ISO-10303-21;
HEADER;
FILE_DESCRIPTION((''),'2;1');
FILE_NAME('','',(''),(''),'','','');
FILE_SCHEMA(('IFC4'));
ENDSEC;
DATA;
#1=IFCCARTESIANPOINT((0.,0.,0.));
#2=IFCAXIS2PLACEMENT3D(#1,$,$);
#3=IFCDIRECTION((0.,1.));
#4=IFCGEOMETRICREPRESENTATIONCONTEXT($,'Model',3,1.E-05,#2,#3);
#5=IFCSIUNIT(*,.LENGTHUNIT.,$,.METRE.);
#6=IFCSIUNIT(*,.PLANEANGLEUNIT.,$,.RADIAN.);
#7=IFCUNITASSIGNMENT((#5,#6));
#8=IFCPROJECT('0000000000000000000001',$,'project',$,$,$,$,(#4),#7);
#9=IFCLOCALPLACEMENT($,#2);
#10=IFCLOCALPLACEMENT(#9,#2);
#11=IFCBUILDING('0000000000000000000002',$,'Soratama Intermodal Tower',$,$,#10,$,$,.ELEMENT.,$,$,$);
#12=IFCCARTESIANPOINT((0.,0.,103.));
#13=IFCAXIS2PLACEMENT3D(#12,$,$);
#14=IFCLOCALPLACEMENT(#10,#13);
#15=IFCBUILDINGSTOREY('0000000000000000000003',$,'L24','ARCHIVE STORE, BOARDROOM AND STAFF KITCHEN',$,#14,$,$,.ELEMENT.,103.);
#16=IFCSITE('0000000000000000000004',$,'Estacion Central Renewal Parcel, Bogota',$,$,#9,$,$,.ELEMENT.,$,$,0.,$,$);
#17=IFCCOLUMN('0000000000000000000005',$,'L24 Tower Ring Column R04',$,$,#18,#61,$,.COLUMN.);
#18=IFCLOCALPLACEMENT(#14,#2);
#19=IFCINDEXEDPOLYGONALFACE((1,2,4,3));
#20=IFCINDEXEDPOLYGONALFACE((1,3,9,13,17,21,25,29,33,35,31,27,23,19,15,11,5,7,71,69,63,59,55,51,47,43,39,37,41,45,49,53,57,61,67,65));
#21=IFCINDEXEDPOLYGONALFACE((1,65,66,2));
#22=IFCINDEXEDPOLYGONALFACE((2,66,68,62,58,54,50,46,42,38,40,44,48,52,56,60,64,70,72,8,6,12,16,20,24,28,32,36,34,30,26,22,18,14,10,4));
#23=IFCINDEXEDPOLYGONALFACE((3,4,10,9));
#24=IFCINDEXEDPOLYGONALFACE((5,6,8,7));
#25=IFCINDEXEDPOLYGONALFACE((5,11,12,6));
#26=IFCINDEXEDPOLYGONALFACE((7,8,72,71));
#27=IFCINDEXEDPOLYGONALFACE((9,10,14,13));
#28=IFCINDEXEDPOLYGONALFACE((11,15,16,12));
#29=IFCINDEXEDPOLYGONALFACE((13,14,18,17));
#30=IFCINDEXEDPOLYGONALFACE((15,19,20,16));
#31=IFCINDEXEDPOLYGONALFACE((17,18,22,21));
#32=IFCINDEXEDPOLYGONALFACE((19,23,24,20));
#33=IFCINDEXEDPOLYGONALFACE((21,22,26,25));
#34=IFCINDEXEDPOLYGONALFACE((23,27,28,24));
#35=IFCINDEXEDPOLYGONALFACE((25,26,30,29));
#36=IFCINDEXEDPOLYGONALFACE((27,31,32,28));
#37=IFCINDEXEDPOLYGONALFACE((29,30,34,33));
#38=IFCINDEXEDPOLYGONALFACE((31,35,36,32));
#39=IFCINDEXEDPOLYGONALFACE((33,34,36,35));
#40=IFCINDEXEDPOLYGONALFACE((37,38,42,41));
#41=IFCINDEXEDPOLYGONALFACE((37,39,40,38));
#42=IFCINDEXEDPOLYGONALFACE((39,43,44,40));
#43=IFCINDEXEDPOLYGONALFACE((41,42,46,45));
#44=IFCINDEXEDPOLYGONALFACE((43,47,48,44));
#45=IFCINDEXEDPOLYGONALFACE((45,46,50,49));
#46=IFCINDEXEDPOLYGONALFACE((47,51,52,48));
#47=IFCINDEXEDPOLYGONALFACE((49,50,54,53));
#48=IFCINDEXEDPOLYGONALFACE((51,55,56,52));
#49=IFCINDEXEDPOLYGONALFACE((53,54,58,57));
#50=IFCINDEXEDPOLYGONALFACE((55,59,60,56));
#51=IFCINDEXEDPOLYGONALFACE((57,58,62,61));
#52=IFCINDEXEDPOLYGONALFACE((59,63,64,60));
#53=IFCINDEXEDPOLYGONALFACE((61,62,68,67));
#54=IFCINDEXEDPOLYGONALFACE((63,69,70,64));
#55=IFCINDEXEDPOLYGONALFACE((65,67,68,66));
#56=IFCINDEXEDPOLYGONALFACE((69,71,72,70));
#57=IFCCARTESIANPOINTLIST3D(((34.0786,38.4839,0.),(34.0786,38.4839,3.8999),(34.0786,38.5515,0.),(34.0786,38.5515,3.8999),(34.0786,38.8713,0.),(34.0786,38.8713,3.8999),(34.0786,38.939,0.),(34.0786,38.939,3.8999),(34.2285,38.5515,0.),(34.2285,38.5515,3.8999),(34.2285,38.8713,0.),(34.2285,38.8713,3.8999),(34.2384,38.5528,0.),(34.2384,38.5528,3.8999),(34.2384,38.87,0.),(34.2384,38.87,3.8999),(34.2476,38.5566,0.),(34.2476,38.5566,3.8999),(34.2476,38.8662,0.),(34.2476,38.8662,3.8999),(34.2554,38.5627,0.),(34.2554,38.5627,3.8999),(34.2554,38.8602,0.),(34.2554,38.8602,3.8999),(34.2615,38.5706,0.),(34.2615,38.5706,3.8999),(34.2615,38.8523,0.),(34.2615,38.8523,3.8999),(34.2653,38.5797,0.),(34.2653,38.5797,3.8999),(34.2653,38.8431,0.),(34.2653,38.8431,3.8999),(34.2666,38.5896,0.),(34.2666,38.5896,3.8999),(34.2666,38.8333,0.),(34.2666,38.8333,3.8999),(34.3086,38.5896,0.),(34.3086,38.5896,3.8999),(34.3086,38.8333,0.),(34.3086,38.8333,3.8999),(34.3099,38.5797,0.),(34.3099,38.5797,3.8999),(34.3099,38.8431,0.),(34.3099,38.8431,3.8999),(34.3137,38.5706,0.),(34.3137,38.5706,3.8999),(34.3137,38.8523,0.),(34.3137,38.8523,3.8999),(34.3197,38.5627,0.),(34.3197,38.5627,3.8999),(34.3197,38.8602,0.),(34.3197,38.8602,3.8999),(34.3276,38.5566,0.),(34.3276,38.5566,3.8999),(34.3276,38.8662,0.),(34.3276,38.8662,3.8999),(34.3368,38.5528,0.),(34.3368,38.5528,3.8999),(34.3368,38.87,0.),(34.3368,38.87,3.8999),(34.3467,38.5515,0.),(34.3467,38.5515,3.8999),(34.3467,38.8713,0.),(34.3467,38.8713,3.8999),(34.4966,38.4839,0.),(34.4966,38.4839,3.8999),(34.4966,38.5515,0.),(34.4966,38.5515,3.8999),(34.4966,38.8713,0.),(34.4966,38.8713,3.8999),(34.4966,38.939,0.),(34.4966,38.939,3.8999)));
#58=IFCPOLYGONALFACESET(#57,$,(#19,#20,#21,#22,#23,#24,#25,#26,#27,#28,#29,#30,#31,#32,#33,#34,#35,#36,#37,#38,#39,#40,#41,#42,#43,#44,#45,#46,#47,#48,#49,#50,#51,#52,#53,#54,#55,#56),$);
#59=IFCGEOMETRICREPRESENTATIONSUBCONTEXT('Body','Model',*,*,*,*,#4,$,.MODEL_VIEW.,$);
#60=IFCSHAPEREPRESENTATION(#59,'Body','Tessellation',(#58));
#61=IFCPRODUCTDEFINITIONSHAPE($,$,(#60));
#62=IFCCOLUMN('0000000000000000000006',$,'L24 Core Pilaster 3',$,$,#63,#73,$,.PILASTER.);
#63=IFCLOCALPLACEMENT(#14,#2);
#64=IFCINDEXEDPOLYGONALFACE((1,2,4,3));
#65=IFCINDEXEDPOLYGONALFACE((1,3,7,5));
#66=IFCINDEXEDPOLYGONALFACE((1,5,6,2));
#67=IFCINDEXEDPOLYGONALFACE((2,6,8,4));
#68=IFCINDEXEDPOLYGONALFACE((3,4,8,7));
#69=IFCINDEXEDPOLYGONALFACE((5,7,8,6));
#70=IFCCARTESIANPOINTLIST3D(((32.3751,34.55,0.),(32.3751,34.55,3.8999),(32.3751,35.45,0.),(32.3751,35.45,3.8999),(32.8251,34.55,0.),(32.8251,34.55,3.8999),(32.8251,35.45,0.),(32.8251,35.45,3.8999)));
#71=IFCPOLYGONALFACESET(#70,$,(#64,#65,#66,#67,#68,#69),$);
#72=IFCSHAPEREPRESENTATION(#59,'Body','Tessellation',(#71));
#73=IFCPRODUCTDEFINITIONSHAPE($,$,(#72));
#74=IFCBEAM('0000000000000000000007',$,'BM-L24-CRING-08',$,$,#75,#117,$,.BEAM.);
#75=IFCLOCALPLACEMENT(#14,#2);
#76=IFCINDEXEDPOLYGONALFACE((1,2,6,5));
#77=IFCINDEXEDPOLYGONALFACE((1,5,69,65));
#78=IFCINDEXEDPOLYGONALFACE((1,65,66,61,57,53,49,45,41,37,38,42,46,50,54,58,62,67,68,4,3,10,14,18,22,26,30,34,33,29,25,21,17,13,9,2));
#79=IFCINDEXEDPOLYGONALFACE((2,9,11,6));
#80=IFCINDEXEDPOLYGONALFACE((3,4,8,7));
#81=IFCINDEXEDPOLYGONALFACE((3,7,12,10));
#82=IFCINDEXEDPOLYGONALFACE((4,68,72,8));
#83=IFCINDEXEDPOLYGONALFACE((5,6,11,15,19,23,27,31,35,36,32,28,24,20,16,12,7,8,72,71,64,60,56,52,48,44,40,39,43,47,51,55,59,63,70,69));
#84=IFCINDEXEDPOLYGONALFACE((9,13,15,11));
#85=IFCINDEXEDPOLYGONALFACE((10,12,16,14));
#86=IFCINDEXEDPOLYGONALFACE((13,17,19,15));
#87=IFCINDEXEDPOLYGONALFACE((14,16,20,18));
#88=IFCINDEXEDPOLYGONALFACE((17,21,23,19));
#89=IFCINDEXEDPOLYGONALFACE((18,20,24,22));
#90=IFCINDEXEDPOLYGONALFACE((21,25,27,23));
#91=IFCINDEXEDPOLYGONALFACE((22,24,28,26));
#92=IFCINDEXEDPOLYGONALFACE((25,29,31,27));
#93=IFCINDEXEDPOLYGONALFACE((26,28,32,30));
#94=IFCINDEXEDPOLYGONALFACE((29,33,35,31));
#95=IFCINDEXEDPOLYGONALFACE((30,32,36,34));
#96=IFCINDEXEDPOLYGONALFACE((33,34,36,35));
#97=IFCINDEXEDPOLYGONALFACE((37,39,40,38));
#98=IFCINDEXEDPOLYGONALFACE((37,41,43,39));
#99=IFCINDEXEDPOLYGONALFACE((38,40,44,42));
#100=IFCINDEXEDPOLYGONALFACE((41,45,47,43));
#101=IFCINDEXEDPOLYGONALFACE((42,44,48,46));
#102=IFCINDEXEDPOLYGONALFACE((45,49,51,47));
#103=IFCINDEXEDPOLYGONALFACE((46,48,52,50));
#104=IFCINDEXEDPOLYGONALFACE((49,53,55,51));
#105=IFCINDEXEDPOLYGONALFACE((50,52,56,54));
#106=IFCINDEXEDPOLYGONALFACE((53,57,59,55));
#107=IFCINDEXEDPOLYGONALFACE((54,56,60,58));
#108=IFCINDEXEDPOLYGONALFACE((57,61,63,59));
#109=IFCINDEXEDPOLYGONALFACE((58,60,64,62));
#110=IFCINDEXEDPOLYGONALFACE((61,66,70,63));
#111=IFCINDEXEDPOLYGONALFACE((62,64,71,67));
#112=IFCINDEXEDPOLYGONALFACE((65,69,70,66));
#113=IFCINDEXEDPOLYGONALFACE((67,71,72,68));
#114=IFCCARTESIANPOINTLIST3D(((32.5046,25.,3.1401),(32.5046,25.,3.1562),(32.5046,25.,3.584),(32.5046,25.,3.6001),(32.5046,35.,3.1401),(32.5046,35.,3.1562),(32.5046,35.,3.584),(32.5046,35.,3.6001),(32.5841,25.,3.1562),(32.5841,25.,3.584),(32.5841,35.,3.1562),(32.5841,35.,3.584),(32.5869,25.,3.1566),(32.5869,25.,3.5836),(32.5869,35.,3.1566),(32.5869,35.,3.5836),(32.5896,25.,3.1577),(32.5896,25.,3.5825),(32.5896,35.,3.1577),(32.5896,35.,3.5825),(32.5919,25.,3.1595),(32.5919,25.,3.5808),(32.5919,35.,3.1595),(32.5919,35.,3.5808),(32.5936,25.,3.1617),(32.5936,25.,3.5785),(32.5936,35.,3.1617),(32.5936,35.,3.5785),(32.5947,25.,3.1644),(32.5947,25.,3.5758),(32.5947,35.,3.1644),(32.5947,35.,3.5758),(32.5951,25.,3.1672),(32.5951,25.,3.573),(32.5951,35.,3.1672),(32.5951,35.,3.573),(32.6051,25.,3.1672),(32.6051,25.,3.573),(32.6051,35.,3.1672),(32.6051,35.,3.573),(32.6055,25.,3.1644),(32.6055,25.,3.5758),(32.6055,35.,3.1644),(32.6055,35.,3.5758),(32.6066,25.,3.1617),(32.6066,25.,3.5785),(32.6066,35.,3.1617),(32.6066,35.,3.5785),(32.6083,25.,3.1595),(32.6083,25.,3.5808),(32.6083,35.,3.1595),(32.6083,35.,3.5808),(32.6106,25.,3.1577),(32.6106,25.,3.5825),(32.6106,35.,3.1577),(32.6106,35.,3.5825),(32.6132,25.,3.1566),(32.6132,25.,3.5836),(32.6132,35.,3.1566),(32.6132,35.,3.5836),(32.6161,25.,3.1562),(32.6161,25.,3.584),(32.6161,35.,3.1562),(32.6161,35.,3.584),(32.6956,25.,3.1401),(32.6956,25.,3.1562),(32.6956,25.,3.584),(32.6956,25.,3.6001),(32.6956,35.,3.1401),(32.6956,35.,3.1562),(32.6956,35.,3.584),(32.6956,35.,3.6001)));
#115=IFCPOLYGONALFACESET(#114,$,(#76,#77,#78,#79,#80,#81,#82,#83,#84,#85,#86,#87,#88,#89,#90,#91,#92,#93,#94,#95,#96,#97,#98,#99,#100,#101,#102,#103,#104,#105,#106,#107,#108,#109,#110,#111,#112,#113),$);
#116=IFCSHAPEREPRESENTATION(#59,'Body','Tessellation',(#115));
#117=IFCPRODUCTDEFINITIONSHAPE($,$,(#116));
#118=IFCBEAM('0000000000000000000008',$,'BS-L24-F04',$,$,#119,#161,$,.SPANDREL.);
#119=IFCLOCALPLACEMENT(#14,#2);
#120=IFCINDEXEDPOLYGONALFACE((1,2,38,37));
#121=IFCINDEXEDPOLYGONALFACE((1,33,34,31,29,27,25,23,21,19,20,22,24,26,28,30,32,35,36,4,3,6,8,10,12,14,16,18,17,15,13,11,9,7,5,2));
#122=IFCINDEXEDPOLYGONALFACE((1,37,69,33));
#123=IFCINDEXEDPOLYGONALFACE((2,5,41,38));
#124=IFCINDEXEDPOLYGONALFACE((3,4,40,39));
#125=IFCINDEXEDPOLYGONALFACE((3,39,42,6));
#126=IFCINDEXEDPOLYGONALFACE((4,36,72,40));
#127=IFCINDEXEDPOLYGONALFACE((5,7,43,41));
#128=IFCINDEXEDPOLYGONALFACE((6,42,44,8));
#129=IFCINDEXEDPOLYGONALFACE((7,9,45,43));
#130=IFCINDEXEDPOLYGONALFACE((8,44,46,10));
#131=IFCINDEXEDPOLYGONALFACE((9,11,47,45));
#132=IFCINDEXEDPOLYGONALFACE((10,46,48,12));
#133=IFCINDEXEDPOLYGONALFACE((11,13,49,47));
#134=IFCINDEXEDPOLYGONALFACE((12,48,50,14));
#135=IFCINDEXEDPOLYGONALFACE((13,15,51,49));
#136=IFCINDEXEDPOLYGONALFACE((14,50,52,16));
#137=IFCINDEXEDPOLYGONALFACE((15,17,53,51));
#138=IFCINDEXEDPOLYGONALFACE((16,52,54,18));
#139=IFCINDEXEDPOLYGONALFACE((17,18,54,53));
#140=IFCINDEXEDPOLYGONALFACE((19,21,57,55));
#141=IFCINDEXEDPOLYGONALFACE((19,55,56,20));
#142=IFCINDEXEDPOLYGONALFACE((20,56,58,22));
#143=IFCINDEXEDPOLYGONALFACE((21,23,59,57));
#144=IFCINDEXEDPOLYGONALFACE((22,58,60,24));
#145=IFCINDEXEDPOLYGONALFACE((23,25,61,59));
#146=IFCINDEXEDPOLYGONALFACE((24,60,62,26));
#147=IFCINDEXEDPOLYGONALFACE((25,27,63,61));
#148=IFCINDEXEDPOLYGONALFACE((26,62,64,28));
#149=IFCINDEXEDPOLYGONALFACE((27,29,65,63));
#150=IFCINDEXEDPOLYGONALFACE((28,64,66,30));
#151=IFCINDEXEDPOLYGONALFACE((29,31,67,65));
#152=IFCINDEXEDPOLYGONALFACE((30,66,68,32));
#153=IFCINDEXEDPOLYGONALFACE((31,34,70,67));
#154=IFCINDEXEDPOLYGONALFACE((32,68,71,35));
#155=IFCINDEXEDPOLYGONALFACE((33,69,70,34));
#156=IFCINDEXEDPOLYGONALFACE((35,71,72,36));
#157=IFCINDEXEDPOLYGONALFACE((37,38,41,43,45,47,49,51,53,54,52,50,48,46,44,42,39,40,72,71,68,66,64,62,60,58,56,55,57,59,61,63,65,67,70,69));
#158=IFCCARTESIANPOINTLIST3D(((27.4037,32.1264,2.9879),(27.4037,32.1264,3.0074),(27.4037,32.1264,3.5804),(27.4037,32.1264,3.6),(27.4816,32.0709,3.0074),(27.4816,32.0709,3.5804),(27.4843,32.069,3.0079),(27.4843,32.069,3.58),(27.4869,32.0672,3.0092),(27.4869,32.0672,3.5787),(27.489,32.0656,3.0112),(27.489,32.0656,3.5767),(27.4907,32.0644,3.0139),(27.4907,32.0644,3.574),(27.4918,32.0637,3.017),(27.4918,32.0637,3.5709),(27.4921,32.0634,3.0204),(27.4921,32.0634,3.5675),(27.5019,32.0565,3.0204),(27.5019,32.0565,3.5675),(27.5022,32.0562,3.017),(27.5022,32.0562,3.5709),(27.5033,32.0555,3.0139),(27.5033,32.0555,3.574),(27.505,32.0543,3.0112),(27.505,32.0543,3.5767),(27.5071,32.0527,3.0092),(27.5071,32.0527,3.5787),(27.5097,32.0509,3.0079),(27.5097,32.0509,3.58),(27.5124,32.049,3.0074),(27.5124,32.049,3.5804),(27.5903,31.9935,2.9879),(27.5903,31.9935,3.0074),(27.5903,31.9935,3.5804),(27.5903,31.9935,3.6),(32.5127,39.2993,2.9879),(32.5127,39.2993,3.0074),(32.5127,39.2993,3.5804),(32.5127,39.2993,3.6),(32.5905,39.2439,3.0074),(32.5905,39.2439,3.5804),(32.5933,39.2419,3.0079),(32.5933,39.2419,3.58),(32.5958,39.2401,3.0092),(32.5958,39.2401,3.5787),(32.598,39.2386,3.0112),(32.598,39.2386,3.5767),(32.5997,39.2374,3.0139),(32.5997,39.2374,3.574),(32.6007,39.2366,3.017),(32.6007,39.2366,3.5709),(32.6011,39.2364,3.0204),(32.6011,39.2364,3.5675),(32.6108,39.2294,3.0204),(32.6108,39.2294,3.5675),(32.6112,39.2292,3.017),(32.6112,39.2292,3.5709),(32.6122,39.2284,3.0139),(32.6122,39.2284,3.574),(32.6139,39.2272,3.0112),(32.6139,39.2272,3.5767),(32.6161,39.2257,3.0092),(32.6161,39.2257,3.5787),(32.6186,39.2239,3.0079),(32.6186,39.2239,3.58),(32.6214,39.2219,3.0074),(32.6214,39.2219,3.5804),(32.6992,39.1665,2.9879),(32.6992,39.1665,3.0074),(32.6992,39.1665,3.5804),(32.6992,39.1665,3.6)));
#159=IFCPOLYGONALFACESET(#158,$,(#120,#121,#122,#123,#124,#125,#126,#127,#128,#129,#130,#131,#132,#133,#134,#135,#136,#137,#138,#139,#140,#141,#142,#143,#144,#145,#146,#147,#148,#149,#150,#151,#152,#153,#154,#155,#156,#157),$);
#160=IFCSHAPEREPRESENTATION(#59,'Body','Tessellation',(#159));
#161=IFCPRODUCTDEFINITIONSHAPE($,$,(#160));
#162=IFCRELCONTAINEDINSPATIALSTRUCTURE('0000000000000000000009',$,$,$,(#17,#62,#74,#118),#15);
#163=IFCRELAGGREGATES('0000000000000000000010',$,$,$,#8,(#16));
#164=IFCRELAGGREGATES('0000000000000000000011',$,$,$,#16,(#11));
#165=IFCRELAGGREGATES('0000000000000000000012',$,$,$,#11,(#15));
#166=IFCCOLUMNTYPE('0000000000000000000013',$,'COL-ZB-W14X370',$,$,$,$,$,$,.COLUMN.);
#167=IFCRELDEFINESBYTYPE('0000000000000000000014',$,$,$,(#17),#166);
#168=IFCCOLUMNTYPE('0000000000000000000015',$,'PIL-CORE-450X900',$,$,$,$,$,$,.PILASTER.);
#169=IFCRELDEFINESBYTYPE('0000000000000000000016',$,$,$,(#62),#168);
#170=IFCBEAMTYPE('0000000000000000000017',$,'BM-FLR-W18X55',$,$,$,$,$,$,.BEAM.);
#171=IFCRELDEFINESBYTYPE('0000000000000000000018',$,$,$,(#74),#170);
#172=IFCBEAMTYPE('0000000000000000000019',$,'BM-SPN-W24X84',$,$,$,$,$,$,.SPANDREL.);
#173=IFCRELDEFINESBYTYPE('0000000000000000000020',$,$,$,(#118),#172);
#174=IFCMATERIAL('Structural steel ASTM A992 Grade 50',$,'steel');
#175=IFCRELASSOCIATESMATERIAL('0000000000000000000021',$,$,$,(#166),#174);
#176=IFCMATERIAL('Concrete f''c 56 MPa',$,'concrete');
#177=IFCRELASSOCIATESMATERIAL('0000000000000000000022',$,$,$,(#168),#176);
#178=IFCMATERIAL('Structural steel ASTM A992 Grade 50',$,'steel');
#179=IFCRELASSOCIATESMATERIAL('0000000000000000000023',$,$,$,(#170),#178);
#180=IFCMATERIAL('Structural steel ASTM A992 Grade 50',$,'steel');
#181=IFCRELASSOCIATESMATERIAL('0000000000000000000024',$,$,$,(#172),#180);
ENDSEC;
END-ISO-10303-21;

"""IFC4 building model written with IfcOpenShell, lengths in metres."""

from ifc_helpers import new_model, si_unit, direction, frame, origin, origin_2d, place, context, subcontext, project, spatial, rectangle, i_section, extrude, material, material_profile, profile_set, type_object, element, save


model = new_model("IFC4")

# Units and contexts
model_context = context("Model", 3, precision=1e-05, world=origin(), true_north=direction((0.0, 1.0)))
body_context = subcontext(model_context, "Body", "Model", "MODEL_VIEW")
ifc_project = project(units=[si_unit("LENGTHUNIT", "METRE"), si_unit("PLANEANGLEUNIT", "RADIAN")], contexts=[model_context])

# Site, building, storey
site_placement = place(None, origin())
site = spatial("IfcSite", under=ifc_project, at=site_placement, Name="Estacion Central Renewal Parcel, Bogota", CompositionType="ELEMENT", RefElevation=0.0)
building_placement = place(site_placement, origin())
building = spatial("IfcBuilding", under=site, at=building_placement, Name="Soratama Intermodal Tower", CompositionType="ELEMENT")
storey_placement = place(building_placement, frame((0.0, 0.0, 103.0)))
storey = spatial("IfcBuildingStorey", under=building, at=storey_placement, Name="L24", Description="ARCHIVE STORE, BOARDROOM AND STAFF KITCHEN", CompositionType="ELEMENT", Elevation=103.0)

# Columns
ifc_material_1 = material(Name="Structural steel ASTM A992 Grade 50", Category="steel")
ifc_material_profile_1 = material_profile(ifc_material_1, i_section(OverallWidth=0.418, OverallDepth=0.4551, WebThickness=0.042, FlangeThickness=0.0676, FilletRadius=0.0381, at=origin_2d()), Name="W14X370")
ifc_profile_set_1 = profile_set([ifc_material_profile_1], Name="Structural steel ASTM A992 Grade 50")
column_type_1 = type_object("IfcColumnType", Name="COL-ZB-W14X370", PredefinedType="COLUMN", material=ifc_profile_set_1)
column_1_placement = place(storey_placement, frame((34.2876, 38.7114, 0.0), z_axis=(0.0, 0.0, 1.0), x_axis=(1.0, 0.0, 0.0)))
element("IfcColumn", 1, at=column_1_placement, inside=storey, type_object=column_type_1, Name="L24 Tower Ring Column R04", PredefinedType="COLUMN", context=body_context, shape_type="SweptSolid", body=[
    extrude(i_section(OverallWidth=0.418, OverallDepth=0.4551, WebThickness=0.042, FlangeThickness=0.0676, FilletRadius=0.0381, at=origin_2d()), origin(), (0.0, 0.0, 1.0), 3.8999),
])
ifc_material_2 = material(Name="Concrete f'c 56 MPa", Category="concrete")
ifc_material_profile_2 = material_profile(ifc_material_2, rectangle(XDim=0.45, YDim=0.8999, at=origin_2d()), Name="RC450X900")
ifc_profile_set_2 = profile_set([ifc_material_profile_2], Name="Concrete f'c 56 MPa")
column_type_2 = type_object("IfcColumnType", Name="PIL-CORE-450X900", PredefinedType="PILASTER", material=ifc_profile_set_2)
column_2_placement = place(storey_placement, frame((32.6001, 35.0, 0.0), z_axis=(0.0, 0.0, 1.0), x_axis=(1.0, 0.0, 0.0)))
element("IfcColumn", 2, at=column_2_placement, inside=storey, type_object=column_type_2, Name="L24 Core Pilaster 3", PredefinedType="PILASTER", context=body_context, shape_type="SweptSolid", body=[
    extrude(rectangle(XDim=0.45, YDim=0.8999, at=origin_2d()), origin(), (0.0, 0.0, 1.0), 3.8999),
])

# Beams
ifc_material_3 = material(Name="Structural steel ASTM A992 Grade 50", Category="steel")
ifc_material_profile_3 = material_profile(ifc_material_3, i_section(OverallWidth=0.1909, OverallDepth=0.46, WebThickness=0.01, FlangeThickness=0.0161, FilletRadius=0.011, at=origin_2d()), Name="W18X55")
ifc_profile_set_3 = profile_set([ifc_material_profile_3], Name="Structural steel ASTM A992 Grade 50")
beam_type_1 = type_object("IfcBeamType", Name="BM-FLR-W18X55", PredefinedType="BEAM", material=ifc_profile_set_3)
beam_1_placement = place(storey_placement, frame((32.6001, 35.0, 3.3701), z_axis=(0.0, -1.0, 0.0), x_axis=(1.0, 0.0, 0.0)))
element("IfcBeam", 3, at=beam_1_placement, inside=storey, type_object=beam_type_1, Name="BM-L24-CRING-08", PredefinedType="BEAM", context=body_context, shape_type="SweptSolid", body=[
    extrude(i_section(OverallWidth=0.1909, OverallDepth=0.46, WebThickness=0.01, FlangeThickness=0.0161, FilletRadius=0.011, at=origin_2d()), origin(), (0.0, 0.0, 1.0), 10.0),
])
ifc_material_4 = material(Name="Structural steel ASTM A992 Grade 50", Category="steel")
ifc_material_profile_4 = material_profile(ifc_material_4, i_section(OverallWidth=0.229, OverallDepth=0.6121, WebThickness=0.012, FlangeThickness=0.0195, FilletRadius=0.0129, at=origin_2d()), Name="W24X84")
ifc_profile_set_4 = profile_set([ifc_material_profile_4], Name="Structural steel ASTM A992 Grade 50")
beam_type_2 = type_object("IfcBeamType", Name="BM-SPN-W24X84", PredefinedType="SPANDREL", material=ifc_profile_set_4)
beam_2_placement = place(storey_placement, frame((32.606, 39.2329, 3.2939), z_axis=(-0.580141, -0.814516, 0.0), x_axis=(0.814516, -0.580141, 0.0)))
element("IfcBeam", 4, at=beam_2_placement, inside=storey, type_object=beam_type_2, Name="BS-L24-F04", PredefinedType="SPANDREL", context=body_context, shape_type="SweptSolid", body=[
    extrude(i_section(OverallWidth=0.229, OverallDepth=0.6121, WebThickness=0.012, FlangeThickness=0.0195, FilletRadius=0.0129, at=origin_2d()), origin(), (0.0, 0.0, 1.0), 8.8064),
])

save(model, "model.ifc")
